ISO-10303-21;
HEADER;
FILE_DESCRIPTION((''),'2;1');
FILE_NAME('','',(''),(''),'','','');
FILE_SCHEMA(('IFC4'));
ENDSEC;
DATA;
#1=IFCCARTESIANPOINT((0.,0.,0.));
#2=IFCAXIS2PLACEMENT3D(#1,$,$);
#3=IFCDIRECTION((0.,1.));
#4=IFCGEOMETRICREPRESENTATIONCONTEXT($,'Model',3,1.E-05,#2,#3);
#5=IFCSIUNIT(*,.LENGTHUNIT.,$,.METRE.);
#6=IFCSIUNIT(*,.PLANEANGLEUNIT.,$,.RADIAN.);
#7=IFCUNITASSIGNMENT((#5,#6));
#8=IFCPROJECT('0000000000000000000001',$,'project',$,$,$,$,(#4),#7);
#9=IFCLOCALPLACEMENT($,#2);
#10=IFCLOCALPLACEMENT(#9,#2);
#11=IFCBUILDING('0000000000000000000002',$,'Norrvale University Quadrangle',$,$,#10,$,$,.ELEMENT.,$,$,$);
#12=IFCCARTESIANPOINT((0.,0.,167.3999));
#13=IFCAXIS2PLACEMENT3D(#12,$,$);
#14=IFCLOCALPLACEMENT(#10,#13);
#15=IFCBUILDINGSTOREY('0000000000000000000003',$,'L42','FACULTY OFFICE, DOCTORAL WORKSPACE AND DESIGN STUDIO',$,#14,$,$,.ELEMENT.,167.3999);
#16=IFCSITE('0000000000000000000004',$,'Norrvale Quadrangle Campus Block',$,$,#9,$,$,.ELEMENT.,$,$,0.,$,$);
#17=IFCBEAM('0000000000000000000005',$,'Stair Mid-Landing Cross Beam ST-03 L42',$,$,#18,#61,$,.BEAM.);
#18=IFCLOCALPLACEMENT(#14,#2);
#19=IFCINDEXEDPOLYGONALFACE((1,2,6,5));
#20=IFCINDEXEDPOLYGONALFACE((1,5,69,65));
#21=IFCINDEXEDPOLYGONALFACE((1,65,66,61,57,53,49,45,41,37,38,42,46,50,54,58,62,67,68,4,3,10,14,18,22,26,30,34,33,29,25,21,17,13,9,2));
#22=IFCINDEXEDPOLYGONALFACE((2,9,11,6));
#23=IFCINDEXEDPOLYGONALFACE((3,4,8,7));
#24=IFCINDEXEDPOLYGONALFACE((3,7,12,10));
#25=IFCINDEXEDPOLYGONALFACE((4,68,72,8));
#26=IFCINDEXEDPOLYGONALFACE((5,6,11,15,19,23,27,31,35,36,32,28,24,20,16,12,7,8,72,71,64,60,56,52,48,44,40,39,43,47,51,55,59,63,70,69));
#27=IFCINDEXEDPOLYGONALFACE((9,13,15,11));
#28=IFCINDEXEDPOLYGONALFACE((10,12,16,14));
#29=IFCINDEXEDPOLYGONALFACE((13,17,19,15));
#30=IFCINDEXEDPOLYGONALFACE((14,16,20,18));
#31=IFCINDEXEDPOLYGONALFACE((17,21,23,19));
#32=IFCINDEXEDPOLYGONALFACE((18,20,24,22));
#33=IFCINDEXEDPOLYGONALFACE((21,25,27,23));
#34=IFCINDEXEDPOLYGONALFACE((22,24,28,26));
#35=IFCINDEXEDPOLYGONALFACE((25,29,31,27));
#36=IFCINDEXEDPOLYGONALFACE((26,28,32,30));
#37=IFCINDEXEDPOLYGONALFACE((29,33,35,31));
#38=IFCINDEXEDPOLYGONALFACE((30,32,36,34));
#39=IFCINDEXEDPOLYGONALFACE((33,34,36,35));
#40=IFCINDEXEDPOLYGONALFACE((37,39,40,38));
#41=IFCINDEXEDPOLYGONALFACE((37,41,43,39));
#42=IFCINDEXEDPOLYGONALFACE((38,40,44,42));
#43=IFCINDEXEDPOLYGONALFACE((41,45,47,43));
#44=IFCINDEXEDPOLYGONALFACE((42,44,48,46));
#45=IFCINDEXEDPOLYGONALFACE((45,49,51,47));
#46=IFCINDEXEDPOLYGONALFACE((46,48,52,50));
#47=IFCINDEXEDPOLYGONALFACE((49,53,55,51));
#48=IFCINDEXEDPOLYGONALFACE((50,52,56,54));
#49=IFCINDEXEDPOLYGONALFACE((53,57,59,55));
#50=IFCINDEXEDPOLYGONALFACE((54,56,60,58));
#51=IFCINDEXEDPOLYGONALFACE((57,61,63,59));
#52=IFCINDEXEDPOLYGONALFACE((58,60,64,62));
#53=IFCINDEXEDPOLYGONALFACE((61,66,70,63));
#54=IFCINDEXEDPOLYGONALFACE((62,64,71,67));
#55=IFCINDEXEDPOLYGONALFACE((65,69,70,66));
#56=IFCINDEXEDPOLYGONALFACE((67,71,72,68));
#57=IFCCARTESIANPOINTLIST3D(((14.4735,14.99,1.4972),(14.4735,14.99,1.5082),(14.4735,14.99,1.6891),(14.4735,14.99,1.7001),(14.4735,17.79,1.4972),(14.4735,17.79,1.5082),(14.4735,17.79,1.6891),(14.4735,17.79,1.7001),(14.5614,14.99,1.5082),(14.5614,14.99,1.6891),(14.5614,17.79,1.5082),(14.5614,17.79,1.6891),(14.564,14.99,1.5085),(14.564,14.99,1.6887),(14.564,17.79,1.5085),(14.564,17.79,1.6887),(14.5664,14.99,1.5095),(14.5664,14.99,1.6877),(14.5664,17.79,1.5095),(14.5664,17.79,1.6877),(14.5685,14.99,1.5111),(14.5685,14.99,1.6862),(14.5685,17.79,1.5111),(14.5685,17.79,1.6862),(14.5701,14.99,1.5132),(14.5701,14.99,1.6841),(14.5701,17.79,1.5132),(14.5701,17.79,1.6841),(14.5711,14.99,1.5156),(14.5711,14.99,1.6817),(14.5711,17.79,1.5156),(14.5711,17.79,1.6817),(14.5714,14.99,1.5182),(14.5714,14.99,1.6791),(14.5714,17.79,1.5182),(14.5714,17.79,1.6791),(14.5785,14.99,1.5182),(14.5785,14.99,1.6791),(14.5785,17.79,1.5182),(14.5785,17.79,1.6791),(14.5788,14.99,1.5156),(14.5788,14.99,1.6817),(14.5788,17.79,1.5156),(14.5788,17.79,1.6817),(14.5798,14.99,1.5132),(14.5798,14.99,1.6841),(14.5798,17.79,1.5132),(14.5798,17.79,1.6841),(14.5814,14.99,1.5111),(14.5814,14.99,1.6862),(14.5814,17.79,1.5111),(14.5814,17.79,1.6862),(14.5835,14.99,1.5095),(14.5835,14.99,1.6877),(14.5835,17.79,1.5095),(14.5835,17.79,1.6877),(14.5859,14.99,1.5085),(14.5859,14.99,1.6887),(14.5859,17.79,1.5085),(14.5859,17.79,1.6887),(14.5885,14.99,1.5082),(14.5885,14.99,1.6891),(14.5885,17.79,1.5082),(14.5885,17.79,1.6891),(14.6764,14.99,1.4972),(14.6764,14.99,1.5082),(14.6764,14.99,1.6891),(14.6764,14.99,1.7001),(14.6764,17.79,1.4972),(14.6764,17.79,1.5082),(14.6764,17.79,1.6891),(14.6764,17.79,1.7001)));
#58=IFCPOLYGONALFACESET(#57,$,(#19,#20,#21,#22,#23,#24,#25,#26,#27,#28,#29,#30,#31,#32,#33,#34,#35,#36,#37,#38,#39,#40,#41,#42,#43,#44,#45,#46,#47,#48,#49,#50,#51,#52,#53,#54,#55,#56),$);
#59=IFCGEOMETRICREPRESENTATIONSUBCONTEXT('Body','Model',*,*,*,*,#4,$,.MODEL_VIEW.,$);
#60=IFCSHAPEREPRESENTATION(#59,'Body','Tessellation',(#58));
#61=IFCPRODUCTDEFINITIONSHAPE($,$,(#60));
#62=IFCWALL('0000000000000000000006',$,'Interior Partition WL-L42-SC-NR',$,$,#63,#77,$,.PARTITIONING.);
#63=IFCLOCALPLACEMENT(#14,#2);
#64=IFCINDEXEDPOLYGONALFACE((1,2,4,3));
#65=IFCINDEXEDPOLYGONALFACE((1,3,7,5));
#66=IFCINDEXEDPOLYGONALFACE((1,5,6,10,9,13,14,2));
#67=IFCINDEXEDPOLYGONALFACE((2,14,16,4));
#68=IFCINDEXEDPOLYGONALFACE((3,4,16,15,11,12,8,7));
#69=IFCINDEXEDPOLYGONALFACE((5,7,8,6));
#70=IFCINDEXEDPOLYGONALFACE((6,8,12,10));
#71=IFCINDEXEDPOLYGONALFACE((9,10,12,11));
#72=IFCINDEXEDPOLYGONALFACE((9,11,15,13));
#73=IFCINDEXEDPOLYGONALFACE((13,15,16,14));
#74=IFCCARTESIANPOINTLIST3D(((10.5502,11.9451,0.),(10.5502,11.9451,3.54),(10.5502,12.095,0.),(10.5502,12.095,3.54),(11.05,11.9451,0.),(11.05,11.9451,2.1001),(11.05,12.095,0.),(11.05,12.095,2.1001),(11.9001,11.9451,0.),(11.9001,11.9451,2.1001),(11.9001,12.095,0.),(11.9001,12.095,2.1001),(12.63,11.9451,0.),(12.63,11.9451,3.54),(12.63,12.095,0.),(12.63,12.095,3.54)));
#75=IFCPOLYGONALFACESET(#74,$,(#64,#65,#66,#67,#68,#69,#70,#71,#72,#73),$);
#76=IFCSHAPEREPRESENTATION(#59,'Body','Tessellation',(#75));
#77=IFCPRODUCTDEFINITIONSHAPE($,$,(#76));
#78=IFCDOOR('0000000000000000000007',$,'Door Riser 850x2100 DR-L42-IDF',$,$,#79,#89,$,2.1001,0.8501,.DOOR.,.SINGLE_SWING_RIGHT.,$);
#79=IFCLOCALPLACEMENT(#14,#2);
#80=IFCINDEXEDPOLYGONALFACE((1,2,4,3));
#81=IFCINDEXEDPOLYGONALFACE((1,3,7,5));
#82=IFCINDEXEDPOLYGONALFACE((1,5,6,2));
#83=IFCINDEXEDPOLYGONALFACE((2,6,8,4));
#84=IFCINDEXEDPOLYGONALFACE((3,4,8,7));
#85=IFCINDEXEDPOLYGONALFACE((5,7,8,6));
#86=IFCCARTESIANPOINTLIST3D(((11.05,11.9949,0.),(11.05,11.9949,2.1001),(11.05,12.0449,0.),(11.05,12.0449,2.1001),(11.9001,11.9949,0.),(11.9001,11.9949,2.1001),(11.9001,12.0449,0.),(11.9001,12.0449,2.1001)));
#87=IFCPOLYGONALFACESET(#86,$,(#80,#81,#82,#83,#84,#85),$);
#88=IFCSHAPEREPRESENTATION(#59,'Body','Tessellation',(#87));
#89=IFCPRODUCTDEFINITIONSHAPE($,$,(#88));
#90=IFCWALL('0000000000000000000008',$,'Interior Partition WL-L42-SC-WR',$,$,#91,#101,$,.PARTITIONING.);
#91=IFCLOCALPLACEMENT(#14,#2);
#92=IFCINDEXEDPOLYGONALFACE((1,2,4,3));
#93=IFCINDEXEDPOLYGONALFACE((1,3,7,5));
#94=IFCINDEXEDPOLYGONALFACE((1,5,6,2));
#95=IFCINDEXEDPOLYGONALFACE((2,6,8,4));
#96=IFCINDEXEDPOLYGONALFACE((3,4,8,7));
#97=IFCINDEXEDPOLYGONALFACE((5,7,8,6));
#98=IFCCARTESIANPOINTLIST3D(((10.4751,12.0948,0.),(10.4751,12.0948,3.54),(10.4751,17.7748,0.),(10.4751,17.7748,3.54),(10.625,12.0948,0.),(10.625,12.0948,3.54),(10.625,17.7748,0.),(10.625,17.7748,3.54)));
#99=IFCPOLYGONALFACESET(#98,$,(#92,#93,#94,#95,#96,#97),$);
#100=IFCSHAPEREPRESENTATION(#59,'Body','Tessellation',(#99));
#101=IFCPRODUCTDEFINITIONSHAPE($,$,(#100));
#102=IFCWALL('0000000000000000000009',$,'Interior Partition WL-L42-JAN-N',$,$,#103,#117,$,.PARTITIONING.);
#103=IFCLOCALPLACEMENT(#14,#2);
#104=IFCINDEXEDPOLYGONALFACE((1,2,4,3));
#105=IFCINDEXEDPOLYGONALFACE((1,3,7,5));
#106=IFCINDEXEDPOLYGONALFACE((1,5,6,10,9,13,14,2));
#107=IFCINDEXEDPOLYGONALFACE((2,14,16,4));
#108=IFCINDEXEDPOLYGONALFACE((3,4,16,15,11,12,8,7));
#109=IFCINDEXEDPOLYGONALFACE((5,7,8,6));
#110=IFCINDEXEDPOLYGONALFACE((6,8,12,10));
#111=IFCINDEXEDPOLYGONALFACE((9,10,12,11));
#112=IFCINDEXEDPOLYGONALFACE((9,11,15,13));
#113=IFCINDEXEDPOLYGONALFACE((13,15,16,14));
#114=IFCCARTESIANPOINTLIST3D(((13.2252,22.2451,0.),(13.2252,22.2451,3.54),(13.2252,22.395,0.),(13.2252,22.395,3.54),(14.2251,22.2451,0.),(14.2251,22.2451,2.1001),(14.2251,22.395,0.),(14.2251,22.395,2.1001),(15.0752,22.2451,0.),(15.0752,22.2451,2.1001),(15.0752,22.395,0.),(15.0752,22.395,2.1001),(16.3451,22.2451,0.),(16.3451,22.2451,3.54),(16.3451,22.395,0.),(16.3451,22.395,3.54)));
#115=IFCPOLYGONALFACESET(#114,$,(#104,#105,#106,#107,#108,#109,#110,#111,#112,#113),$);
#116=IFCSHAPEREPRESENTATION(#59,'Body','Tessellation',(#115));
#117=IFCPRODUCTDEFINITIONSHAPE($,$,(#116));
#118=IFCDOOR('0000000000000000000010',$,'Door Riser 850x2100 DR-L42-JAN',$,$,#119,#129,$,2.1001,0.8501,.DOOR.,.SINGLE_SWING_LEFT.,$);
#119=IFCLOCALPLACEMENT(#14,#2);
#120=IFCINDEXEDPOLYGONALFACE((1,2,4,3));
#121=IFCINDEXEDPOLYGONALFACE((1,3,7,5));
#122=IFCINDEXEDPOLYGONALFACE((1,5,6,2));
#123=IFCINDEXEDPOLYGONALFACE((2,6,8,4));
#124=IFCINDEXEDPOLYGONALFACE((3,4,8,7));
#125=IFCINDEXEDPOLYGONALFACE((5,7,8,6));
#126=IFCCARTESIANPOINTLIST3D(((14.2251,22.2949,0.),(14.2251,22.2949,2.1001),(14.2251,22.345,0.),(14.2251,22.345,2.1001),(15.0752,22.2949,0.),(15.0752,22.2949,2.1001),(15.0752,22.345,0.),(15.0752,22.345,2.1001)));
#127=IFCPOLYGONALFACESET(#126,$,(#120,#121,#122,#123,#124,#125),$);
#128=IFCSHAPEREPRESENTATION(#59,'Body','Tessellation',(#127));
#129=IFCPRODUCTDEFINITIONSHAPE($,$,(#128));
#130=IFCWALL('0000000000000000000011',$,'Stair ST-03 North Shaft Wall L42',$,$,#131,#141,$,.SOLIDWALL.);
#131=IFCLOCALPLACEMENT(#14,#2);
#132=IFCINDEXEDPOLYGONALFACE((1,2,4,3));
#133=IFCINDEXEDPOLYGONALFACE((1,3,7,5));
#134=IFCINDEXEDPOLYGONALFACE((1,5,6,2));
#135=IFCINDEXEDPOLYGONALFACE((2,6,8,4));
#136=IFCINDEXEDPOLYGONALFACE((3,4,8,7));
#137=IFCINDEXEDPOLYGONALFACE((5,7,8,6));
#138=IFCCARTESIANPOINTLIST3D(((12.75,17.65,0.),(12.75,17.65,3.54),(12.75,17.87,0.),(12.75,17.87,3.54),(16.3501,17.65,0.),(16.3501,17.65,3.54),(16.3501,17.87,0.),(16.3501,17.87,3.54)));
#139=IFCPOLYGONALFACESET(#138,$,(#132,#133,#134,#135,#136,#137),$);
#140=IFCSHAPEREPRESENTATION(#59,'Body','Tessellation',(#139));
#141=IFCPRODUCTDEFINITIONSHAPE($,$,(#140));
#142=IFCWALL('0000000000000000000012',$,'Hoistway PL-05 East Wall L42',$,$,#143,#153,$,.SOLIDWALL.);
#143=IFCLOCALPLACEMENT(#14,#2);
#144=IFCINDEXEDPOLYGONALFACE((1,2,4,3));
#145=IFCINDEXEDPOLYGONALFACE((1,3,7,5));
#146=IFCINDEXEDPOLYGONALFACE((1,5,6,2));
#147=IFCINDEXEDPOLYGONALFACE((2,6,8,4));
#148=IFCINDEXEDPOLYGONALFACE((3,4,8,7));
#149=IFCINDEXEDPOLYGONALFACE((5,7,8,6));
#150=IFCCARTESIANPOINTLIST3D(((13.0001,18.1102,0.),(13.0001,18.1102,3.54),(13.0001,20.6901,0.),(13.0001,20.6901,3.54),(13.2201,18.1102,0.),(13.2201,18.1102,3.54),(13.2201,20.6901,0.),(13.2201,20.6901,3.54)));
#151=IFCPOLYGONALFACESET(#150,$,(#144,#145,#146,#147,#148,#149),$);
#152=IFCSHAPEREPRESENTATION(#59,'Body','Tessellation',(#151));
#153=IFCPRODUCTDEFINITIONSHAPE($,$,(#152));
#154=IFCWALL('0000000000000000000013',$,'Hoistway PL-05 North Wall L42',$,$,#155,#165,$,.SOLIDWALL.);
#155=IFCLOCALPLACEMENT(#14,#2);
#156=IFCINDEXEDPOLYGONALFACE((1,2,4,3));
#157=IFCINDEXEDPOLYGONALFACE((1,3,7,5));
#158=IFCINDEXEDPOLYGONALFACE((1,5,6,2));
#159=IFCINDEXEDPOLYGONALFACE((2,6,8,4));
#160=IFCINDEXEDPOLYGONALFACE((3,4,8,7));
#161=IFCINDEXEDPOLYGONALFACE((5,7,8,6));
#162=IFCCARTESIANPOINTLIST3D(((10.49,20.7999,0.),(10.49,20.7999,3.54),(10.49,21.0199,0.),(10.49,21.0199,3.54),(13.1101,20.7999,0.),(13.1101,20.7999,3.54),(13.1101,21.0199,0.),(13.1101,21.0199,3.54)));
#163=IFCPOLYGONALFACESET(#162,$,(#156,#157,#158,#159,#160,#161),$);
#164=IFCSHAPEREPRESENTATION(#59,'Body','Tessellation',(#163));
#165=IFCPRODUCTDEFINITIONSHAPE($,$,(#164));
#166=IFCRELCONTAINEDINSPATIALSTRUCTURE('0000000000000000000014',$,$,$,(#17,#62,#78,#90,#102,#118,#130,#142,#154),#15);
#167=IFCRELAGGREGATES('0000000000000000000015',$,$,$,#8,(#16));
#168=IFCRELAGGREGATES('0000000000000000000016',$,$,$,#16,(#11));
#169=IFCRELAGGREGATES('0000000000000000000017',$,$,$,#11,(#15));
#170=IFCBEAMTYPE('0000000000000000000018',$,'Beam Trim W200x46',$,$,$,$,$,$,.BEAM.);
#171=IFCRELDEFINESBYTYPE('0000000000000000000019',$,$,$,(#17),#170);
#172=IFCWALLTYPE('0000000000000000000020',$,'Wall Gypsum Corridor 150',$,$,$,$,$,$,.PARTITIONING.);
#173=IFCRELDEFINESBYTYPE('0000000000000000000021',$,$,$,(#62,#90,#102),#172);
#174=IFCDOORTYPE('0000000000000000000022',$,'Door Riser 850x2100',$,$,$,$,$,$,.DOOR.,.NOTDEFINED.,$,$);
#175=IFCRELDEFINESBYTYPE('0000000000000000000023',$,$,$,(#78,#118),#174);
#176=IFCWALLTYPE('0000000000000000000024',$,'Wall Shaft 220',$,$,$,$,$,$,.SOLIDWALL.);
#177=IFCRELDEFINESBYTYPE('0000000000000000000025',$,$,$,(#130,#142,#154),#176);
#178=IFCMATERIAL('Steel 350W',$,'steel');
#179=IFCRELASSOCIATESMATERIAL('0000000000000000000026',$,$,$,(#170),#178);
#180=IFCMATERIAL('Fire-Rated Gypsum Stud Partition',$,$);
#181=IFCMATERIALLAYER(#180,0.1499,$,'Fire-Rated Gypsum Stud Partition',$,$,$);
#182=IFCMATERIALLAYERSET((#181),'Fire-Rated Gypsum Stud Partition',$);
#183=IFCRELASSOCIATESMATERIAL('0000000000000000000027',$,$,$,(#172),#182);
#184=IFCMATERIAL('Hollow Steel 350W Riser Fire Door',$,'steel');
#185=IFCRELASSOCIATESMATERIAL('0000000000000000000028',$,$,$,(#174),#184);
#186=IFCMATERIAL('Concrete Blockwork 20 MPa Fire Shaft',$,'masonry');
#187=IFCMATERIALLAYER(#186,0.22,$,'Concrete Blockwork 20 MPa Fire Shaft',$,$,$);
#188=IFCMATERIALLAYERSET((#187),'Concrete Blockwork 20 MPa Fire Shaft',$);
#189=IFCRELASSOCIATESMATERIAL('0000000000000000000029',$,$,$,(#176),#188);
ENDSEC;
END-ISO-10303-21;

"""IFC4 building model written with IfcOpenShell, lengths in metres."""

from ifc_helpers import new_model, si_unit, direction, frame, frame_2d, origin, origin_2d, place, context, subcontext, project, spatial, rectangle, i_section, extrude, material, layer, layer_set, material_profile, profile_set, type_object, element, fill, save


model = new_model("IFC4")

# Units and contexts
model_context = context("Model", 3, precision=1e-05, world=origin(), true_north=direction((0.0, 1.0)))
body_context = subcontext(model_context, "Body", "Model", "MODEL_VIEW")
ifc_project = project(units=[si_unit("LENGTHUNIT", "METRE"), si_unit("PLANEANGLEUNIT", "RADIAN")], contexts=[model_context])

# Site, building, storey
site_placement = place(None, origin())
site = spatial("IfcSite", under=ifc_project, at=site_placement, Name="Norrvale Quadrangle Campus Block", CompositionType="ELEMENT", RefElevation=0.0)
building_placement = place(site_placement, origin())
building = spatial("IfcBuilding", under=site, at=building_placement, Name="Norrvale University Quadrangle", CompositionType="ELEMENT")
storey_placement = place(building_placement, frame((0.0, 0.0, 167.3999)))
storey = spatial("IfcBuildingStorey", under=building, at=storey_placement, Name="L42", Description="FACULTY OFFICE, DOCTORAL WORKSPACE AND DESIGN STUDIO", CompositionType="ELEMENT", Elevation=167.3999)

# Beam
ifc_material_1 = material(Name="Steel 350W", Category="steel")
ifc_material_profile_1 = material_profile(ifc_material_1, i_section(OverallWidth=0.2029, OverallDepth=0.2029, WebThickness=0.0071, FlangeThickness=0.011, FilletRadius=0.01, at=origin_2d()), Name="Steel 350W")
ifc_profile_set_1 = profile_set([ifc_material_profile_1], Name="Steel 350W")
beam_type_1 = type_object("IfcBeamType", Name="Beam Trim W200x46", PredefinedType="BEAM", material=ifc_profile_set_1)
beam_1_placement = place(storey_placement, frame((14.575, 14.99, 1.5986), z_axis=(0.0, 1.0, 0.0), x_axis=(-1.0, 0.0, 0.0)))
element("IfcBeam", 1, at=beam_1_placement, inside=storey, type_object=beam_type_1, Name="Stair Mid-Landing Cross Beam ST-03 L42", PredefinedType="BEAM", context=body_context, shape_type="SweptSolid", body=[
    extrude(i_section(OverallWidth=0.2029, OverallDepth=0.2029, WebThickness=0.0071, FlangeThickness=0.011, FilletRadius=0.01, at=origin_2d()), origin(), (0.0, 0.0, 1.0), 2.8),
])

# Wall, opening, door
ifc_material_2 = material(Name="Fire-Rated Gypsum Stud Partition")
ifc_layer_1 = layer(ifc_material_2, 0.1499, Name="Fire-Rated Gypsum Stud Partition")
ifc_layer_set_1 = layer_set([ifc_layer_1], Name="Fire-Rated Gypsum Stud Partition")
wall_type_1 = type_object("IfcWallType", Name="Wall Gypsum Corridor 150", PredefinedType="PARTITIONING", material=ifc_layer_set_1)
wall_1_placement = place(storey_placement, frame((10.55, 12.02, 0.0), z_axis=(0.0, 0.0, 1.0), x_axis=(1.0, 0.0, 0.0)))
wall_1 = element("IfcWall", 2, at=wall_1_placement, inside=storey, type_object=wall_type_1, Name="Interior Partition WL-L42-SC-NR", PredefinedType="PARTITIONING", context=body_context, shape_type="SweptSolid", body=[
    extrude(rectangle(XDim=2.0798, YDim=0.1499, at=frame_2d((1.04, 0.0))), origin(), (0.0, 0.0, 1.0), 3.54),
])
opening_1_placement = place(wall_1_placement, frame((0.5, 0.0, 0.0)))
opening_1 = element("IfcOpeningElement", 3, at=opening_1_placement, cuts=wall_1, PredefinedType="OPENING", context=body_context, shape_type="SweptSolid", body=[
    extrude(rectangle(XDim=0.8501, YDim=2.1001, at=frame_2d((0.425, 1.05))), frame((0.0, 0.0869, 0.0), z_axis=(0.0, -1.0, 0.0), x_axis=(1.0, 0.0, 0.0)), (0.0, 0.0, 1.0), 0.1738),
])
ifc_material_3 = material(Name="Hollow Steel 350W Riser Fire Door", Category="steel")
door_type_1 = type_object("IfcDoorType", Name="Door Riser 850x2100", OperationType="NOTDEFINED", PredefinedType="DOOR", material=ifc_material_3)
door_1_placement = place(opening_1_placement, origin())
door_1 = element("IfcDoor", 4, at=door_1_placement, inside=storey, type_object=door_type_1, Name="Door Riser 850x2100 DR-L42-IDF", OperationType="SINGLE_SWING_RIGHT", OverallHeight=2.1001, OverallWidth=0.8501, PredefinedType="DOOR", context=body_context, shape_type="SweptSolid", body=[
    extrude(rectangle(XDim=0.8501, YDim=2.1001, at=frame_2d((0.425, 1.05))), frame((0.0, 0.0249, 0.0), z_axis=(0.0, -1.0, 0.0), x_axis=(1.0, 0.0, 0.0)), (0.0, 0.0, 1.0), 0.05),
])
fill(opening_1, door_1)

# Wall
wall_2_placement = place(storey_placement, frame((10.55, 12.095, 0.0), z_axis=(0.0, 0.0, 1.0), x_axis=(0.0, 1.0, 0.0)))
element("IfcWall", 5, at=wall_2_placement, inside=storey, type_object=wall_type_1, Name="Interior Partition WL-L42-SC-WR", PredefinedType="PARTITIONING", context=body_context, shape_type="SweptSolid", body=[
    extrude(rectangle(XDim=5.6799, YDim=0.1499, at=frame_2d((2.8398, 0.0))), origin(), (0.0, 0.0, 1.0), 3.54),
])

# Wall, opening, door
wall_3_placement = place(storey_placement, frame((13.2251, 22.3201, 0.0), z_axis=(0.0, 0.0, 1.0), x_axis=(1.0, 0.0, 0.0)))
wall_3 = element("IfcWall", 6, at=wall_3_placement, inside=storey, type_object=wall_type_1, Name="Interior Partition WL-L42-JAN-N", PredefinedType="PARTITIONING", context=body_context, shape_type="SweptSolid", body=[
    extrude(rectangle(XDim=3.1199, YDim=0.1499, at=frame_2d((1.5601, 0.0))), origin(), (0.0, 0.0, 1.0), 3.54),
])
opening_2_placement = place(wall_3_placement, frame((1.0, 0.0, 0.0)))
opening_2 = element("IfcOpeningElement", 7, at=opening_2_placement, cuts=wall_3, PredefinedType="OPENING", context=body_context, shape_type="SweptSolid", body=[
    extrude(rectangle(XDim=0.8501, YDim=2.1001, at=frame_2d((0.425, 1.05))), frame((0.0, 0.0869, 0.0), z_axis=(0.0, -1.0, 0.0), x_axis=(1.0, 0.0, 0.0)), (0.0, 0.0, 1.0), 0.1738),
])
door_2_placement = place(opening_2_placement, origin())
door_2 = element("IfcDoor", 8, at=door_2_placement, inside=storey, type_object=door_type_1, Name="Door Riser 850x2100 DR-L42-JAN", OperationType="SINGLE_SWING_LEFT", OverallHeight=2.1001, OverallWidth=0.8501, PredefinedType="DOOR", context=body_context, shape_type="SweptSolid", body=[
    extrude(rectangle(XDim=0.8501, YDim=2.1001, at=frame_2d((0.425, 1.05))), frame((0.0, 0.0249, 0.0), z_axis=(0.0, -1.0, 0.0), x_axis=(1.0, 0.0, 0.0)), (0.0, 0.0, 1.0), 0.05),
])
fill(opening_2, door_2)

# Walls
ifc_material_4 = material(Name="Concrete Blockwork 20 MPa Fire Shaft", Category="masonry")
ifc_layer_2 = layer(ifc_material_4, 0.22, Name="Concrete Blockwork 20 MPa Fire Shaft")
ifc_layer_set_2 = layer_set([ifc_layer_2], Name="Concrete Blockwork 20 MPa Fire Shaft")
wall_type_2 = type_object("IfcWallType", Name="Wall Shaft 220", PredefinedType="SOLIDWALL", material=ifc_layer_set_2)
wall_4_placement = place(storey_placement, frame((12.75, 17.76, 0.0), z_axis=(0.0, 0.0, 1.0), x_axis=(1.0, 0.0, 0.0)))
element("IfcWall", 9, at=wall_4_placement, inside=storey, type_object=wall_type_2, Name="Stair ST-03 North Shaft Wall L42", PredefinedType="SOLIDWALL", context=body_context, shape_type="SweptSolid", body=[
    extrude(rectangle(XDim=3.6001, YDim=0.22, at=frame_2d((1.8, 0.0))), origin(), (0.0, 0.0, 1.0), 3.54),
])
wall_5_placement = place(storey_placement, frame((13.1101, 18.1101, 0.0), z_axis=(0.0, 0.0, 1.0), x_axis=(0.0, 1.0, 0.0)))
element("IfcWall", 10, at=wall_5_placement, inside=storey, type_object=wall_type_2, Name="Hoistway PL-05 East Wall L42", PredefinedType="SOLIDWALL", context=body_context, shape_type="SweptSolid", body=[
    extrude(rectangle(XDim=2.5798, YDim=0.22, at=frame_2d((1.29, 0.0))), origin(), (0.0, 0.0, 1.0), 3.54),
])
wall_6_placement = place(storey_placement, frame((10.49, 20.9099, 0.0), z_axis=(0.0, 0.0, 1.0), x_axis=(1.0, 0.0, 0.0)))
element("IfcWall", 11, at=wall_6_placement, inside=storey, type_object=wall_type_2, Name="Hoistway PL-05 North Wall L42", PredefinedType="SOLIDWALL", context=body_context, shape_type="SweptSolid", body=[
    extrude(rectangle(XDim=2.6201, YDim=0.22, at=frame_2d((1.3101, 0.0))), origin(), (0.0, 0.0, 1.0), 3.54),
])

save(model, "model.ifc")
